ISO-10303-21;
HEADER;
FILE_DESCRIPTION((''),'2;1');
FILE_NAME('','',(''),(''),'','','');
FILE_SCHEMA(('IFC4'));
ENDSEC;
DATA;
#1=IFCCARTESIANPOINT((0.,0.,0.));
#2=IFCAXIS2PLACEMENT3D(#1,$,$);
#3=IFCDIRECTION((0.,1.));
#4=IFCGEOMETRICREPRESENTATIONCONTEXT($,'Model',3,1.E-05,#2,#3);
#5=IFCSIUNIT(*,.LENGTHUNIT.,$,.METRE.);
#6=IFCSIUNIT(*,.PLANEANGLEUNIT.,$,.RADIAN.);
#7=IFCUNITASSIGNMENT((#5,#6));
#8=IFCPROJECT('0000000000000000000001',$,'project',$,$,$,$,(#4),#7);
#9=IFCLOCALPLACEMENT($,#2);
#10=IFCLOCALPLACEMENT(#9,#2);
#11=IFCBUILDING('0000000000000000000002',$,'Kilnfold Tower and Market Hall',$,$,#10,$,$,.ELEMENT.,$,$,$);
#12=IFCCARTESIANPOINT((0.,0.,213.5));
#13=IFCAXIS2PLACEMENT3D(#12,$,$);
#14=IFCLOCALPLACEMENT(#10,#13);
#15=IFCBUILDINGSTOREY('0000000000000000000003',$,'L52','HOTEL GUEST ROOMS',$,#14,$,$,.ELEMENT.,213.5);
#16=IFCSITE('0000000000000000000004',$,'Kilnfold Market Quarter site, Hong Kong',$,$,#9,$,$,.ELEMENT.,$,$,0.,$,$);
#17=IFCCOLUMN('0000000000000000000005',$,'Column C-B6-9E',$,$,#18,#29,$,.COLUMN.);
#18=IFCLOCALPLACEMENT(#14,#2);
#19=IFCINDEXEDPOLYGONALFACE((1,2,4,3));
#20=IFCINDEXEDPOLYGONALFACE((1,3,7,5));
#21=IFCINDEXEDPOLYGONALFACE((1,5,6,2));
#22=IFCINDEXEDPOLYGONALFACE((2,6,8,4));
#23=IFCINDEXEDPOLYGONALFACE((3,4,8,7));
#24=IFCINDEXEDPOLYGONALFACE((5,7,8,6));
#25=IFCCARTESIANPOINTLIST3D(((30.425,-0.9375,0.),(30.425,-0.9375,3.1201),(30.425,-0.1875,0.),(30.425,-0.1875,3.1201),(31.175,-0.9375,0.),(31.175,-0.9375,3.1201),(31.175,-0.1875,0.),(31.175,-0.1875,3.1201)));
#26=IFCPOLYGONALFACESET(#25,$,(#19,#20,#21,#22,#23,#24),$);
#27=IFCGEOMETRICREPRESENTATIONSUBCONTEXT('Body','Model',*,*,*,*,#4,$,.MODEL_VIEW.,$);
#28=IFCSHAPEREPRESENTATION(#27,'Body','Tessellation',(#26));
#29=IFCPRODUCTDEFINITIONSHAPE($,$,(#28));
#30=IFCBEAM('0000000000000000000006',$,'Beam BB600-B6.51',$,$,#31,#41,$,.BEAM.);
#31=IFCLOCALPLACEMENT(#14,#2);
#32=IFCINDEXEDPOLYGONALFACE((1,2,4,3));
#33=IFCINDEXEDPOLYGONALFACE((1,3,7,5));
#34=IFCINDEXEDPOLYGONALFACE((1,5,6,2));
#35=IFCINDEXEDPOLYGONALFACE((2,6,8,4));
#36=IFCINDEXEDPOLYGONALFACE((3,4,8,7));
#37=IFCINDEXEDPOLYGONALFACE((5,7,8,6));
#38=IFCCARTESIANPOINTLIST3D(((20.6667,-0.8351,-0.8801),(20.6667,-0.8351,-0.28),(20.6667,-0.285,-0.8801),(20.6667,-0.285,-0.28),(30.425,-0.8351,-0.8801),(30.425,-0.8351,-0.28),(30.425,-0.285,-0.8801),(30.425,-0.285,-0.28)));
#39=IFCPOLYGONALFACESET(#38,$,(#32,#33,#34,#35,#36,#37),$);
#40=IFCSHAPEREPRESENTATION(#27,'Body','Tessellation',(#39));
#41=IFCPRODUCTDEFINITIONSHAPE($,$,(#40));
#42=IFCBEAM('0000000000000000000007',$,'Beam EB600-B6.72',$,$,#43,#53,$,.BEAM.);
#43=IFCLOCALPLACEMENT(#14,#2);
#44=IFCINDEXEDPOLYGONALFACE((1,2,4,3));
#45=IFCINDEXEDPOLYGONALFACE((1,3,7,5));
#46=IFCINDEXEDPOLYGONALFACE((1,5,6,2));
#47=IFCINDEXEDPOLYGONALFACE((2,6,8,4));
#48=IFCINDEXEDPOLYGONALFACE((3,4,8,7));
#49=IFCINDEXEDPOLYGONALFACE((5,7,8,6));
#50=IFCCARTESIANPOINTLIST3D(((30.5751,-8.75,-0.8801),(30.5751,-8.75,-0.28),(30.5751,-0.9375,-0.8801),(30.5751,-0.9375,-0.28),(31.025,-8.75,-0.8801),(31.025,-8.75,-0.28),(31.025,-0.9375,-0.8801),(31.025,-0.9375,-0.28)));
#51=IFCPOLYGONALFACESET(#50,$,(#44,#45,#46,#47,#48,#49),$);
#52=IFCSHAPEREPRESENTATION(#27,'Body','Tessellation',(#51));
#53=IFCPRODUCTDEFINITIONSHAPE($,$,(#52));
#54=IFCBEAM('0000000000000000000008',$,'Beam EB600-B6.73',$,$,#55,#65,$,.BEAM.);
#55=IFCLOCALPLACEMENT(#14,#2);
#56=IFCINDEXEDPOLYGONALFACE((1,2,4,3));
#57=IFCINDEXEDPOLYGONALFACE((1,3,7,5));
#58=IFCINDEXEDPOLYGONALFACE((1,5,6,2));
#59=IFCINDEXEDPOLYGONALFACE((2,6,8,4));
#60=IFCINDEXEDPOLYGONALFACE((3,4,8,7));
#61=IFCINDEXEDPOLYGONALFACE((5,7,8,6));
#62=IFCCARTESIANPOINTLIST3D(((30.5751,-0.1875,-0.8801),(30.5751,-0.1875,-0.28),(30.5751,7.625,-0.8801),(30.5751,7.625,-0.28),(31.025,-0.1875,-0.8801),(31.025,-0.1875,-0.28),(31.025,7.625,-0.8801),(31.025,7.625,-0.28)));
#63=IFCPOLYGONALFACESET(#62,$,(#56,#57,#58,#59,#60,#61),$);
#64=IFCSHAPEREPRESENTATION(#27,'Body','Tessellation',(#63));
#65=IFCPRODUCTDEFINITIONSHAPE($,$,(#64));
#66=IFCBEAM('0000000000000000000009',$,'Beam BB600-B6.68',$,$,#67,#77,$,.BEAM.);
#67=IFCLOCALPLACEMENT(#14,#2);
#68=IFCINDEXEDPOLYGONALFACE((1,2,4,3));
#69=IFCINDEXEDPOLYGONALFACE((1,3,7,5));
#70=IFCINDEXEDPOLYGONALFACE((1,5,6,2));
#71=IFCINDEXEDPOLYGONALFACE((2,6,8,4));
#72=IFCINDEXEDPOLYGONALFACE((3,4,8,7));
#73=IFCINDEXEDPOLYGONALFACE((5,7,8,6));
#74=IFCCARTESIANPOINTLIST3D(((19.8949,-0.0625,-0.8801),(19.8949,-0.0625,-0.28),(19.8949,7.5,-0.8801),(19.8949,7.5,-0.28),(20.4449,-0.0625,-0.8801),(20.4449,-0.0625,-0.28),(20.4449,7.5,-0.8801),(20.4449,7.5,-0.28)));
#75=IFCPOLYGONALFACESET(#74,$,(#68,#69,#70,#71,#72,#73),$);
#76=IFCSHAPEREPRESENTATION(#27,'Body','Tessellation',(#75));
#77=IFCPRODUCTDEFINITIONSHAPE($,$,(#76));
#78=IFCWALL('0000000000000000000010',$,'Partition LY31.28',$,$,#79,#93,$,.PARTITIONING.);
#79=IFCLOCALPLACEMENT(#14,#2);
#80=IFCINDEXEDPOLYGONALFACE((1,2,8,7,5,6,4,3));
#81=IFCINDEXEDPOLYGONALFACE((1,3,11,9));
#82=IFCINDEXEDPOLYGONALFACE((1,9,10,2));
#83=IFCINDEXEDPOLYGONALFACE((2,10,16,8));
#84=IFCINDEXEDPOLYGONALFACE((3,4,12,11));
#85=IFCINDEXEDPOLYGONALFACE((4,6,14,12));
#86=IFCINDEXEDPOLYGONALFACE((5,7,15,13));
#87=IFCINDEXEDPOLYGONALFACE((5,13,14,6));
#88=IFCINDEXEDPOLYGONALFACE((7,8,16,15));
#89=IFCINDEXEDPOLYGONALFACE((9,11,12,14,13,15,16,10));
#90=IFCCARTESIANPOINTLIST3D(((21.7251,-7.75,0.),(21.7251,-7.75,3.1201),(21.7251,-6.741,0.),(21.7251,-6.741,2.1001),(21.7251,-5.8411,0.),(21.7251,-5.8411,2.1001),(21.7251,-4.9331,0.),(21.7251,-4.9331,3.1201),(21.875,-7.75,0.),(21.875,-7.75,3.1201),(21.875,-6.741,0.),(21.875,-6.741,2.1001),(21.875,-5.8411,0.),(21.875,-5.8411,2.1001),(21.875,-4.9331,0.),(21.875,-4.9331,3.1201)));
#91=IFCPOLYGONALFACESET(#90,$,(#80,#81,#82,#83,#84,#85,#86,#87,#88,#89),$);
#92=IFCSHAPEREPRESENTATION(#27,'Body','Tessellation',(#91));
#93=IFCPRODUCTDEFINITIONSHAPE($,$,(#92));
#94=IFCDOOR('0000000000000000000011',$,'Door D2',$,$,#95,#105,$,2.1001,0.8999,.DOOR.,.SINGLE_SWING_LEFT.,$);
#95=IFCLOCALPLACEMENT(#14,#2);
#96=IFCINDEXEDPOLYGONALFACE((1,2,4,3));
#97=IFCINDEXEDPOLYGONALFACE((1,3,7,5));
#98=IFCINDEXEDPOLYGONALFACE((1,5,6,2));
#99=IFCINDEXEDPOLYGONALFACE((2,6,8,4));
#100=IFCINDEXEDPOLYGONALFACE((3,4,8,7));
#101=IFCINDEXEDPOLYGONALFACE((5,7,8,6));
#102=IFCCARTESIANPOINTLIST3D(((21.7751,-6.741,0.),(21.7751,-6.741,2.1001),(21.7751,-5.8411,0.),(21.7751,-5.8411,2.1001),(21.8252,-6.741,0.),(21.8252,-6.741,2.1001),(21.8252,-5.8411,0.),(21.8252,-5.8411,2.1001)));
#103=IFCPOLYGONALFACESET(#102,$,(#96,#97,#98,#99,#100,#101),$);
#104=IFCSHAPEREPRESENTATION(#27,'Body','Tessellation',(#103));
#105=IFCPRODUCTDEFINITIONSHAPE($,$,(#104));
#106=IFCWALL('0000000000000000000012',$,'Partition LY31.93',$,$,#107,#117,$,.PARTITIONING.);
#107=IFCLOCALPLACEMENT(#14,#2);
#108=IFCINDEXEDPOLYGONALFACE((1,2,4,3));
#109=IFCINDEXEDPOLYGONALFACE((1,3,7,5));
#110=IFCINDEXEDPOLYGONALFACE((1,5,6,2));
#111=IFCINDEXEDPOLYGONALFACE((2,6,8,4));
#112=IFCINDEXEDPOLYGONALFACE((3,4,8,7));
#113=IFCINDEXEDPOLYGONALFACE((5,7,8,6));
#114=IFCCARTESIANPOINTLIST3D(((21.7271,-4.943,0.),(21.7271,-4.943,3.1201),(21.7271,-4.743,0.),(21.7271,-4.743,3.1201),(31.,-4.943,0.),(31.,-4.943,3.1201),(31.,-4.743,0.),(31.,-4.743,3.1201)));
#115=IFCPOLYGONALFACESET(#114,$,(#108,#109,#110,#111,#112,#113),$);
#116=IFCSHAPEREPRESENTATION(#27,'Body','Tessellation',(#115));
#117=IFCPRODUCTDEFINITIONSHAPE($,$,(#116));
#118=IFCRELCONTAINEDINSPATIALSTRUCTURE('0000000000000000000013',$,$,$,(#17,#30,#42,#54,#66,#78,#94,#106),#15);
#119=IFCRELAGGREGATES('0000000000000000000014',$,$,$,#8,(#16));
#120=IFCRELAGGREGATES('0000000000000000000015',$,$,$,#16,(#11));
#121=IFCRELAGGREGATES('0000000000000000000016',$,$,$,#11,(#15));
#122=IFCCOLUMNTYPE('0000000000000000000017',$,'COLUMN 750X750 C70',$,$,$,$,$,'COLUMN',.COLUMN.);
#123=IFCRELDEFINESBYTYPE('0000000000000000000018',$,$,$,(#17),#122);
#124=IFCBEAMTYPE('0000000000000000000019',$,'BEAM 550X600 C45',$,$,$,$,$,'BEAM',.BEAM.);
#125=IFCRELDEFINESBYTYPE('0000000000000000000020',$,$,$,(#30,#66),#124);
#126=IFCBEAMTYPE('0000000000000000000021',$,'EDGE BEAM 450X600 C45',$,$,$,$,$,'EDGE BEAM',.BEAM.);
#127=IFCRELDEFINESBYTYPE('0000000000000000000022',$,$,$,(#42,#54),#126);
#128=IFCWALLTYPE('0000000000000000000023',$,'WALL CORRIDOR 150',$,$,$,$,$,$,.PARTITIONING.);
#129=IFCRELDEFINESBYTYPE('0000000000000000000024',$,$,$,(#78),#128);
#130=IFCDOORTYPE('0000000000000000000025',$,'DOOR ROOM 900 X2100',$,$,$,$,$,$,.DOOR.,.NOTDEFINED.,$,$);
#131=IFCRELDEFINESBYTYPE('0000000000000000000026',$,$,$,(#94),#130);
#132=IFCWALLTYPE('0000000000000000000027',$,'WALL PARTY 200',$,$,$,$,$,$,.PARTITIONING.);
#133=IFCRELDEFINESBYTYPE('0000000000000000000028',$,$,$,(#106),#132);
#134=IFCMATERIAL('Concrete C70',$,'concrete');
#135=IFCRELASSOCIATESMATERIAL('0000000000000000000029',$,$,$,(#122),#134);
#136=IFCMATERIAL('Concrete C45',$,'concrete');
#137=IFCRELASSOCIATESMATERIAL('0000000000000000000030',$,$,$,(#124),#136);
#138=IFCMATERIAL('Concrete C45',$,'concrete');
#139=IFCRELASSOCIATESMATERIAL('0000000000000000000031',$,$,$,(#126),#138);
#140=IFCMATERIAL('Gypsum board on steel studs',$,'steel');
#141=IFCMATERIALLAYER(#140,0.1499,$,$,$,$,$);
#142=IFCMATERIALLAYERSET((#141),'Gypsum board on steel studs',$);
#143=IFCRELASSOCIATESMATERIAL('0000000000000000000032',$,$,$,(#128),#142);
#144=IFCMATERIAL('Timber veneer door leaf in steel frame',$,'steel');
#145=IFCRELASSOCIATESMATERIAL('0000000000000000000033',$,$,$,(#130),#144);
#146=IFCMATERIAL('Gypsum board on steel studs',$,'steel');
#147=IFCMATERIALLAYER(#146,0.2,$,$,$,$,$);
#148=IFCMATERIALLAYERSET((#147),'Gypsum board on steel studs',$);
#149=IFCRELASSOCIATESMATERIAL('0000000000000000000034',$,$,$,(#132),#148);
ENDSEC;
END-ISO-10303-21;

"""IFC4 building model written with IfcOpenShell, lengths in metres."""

from ifc_helpers import new_model, si_unit, direction, frame, frame_2d, origin, origin_2d, place, context, subcontext, project, spatial, rectangle, extrude, source, transform, mapped, material, layer, layer_set, material_profile, profile_set, type_object, element, fill, save


model = new_model("IFC4")

# Units and contexts
model_context = context("Model", 3, precision=1e-05, world=origin(), true_north=direction((0.0, 1.0)))
body_context = subcontext(model_context, "Body", "Model", "MODEL_VIEW")
ifc_project = project(units=[si_unit("LENGTHUNIT", "METRE"), si_unit("PLANEANGLEUNIT", "RADIAN")], contexts=[model_context])

# Site, building, storey
site_placement = place(None, origin())
site = spatial("IfcSite", under=ifc_project, at=site_placement, Name="Kilnfold Market Quarter site, Hong Kong", CompositionType="ELEMENT", RefElevation=0.0)
building_placement = place(site_placement, origin())
building = spatial("IfcBuilding", under=site, at=building_placement, Name="Kilnfold Tower and Market Hall", CompositionType="ELEMENT")
storey_placement = place(building_placement, frame((0.0, 0.0, 213.5)))
storey = spatial("IfcBuildingStorey", under=building, at=storey_placement, Name="L52", Description="HOTEL GUEST ROOMS", CompositionType="ELEMENT", Elevation=213.5)

# Column
ifc_material_1 = material(Name="Concrete C70", Category="concrete")
ifc_material_profile_1 = material_profile(ifc_material_1, rectangle(XDim=0.75, YDim=0.75, at=origin_2d()), Name="RC 750x750")
ifc_profile_set_1 = profile_set([ifc_material_profile_1], Name="Concrete C70")
column_type = type_object("IfcColumnType", Name="COLUMN 750X750 C70", ElementType="COLUMN", PredefinedType="COLUMN", material=ifc_profile_set_1)
shared_shape_1 = source(origin(), body_context, "Body", "SweptSolid", [
    extrude(rectangle(XDim=0.75, YDim=0.75, at=origin_2d()), origin(), (0.0, 0.0, 1.0), 3.1201),
])
column_placement = place(storey_placement, frame((30.8, -0.5625, 0.0), z_axis=(0.0, 0.0, 1.0), x_axis=(1.0, 0.0, 0.0)))
element("IfcColumn", 1, at=column_placement, inside=storey, type_object=column_type, Name="Column C-B6-9E", PredefinedType="COLUMN", context=body_context, shape_type="MappedRepresentation", body=[
    mapped(shared_shape_1, transform((0.0, 0.0, 0.0))),
])

# Beams
ifc_material_2 = material(Name="Concrete C45", Category="concrete")
ifc_material_profile_2 = material_profile(ifc_material_2, rectangle(XDim=0.55, YDim=0.6001, at=origin_2d()), Name="RC 550x600")
ifc_profile_set_2 = profile_set([ifc_material_profile_2], Name="Concrete C45")
beam_type_1 = type_object("IfcBeamType", Name="BEAM 550X600 C45", ElementType="BEAM", PredefinedType="BEAM", material=ifc_profile_set_2)
shared_shape_2 = source(origin(), body_context, "Body", "SweptSolid", [
    extrude(rectangle(XDim=0.55, YDim=0.6001, at=origin_2d()), origin(), (0.0, 0.0, 1.0), 9.7583),
])
beam_1_placement = place(storey_placement, frame((20.6667, -0.5601, -0.5801), z_axis=(1.0, 0.0, 0.0), x_axis=(0.0, 1.0, 0.0)))
element("IfcBeam", 2, at=beam_1_placement, inside=storey, type_object=beam_type_1, Name="Beam BB600-B6.51", PredefinedType="BEAM", context=body_context, shape_type="MappedRepresentation", body=[
    mapped(shared_shape_2, transform((0.0, 0.0, 0.0))),
])
ifc_material_3 = material(Name="Concrete C45", Category="concrete")
ifc_material_profile_3 = material_profile(ifc_material_3, rectangle(XDim=0.45, YDim=0.6001, at=origin_2d()), Name="RC 450x600")
ifc_profile_set_3 = profile_set([ifc_material_profile_3], Name="Concrete C45")
beam_type_2 = type_object("IfcBeamType", Name="EDGE BEAM 450X600 C45", ElementType="EDGE BEAM", PredefinedType="BEAM", material=ifc_profile_set_3)
shared_shape_3 = source(origin(), body_context, "Body", "SweptSolid", [
    extrude(rectangle(XDim=0.45, YDim=0.6001, at=origin_2d()), origin(), (0.0, 0.0, 1.0), 7.8125),
])
for number, where, z_axis, x_axis, name in (
    (3, (30.8, -8.75, -0.5801), (0.0, 1.0, 0.0), (-1.0, 0.0, 0.0), "Beam EB600-B6.72"),
    (4, (30.8, -0.1875, -0.5801), (0.0, 1.0, 0.0), (-1.0, 0.0, 0.0), "Beam EB600-B6.73"),
):
    element("IfcBeam", number, at=place(storey_placement, frame(where, z_axis=z_axis, x_axis=x_axis)), inside=storey, type_object=beam_type_2, Name=name, PredefinedType="BEAM", context=body_context, shape_type="MappedRepresentation", body=[
        mapped(shared_shape_3, transform((0.0, 0.0, 0.0))),
    ])
shared_shape_4 = source(origin(), body_context, "Body", "SweptSolid", [
    extrude(rectangle(XDim=0.55, YDim=0.6001, at=origin_2d()), origin(), (0.0, 0.0, 1.0), 7.5625),
])
beam_2_placement = place(storey_placement, frame((20.1699, -0.0625, -0.5801), z_axis=(0.0, 1.0, 0.0), x_axis=(-1.0, 0.0, 0.0)))
element("IfcBeam", 5, at=beam_2_placement, inside=storey, type_object=beam_type_1, Name="Beam BB600-B6.68", PredefinedType="BEAM", context=body_context, shape_type="MappedRepresentation", body=[
    mapped(shared_shape_4, transform((0.0, 0.0, 0.0))),
])

# Wall, opening, door
ifc_material_4 = material(Name="Gypsum board on steel studs", Category="steel")
ifc_layer_1 = layer(ifc_material_4, 0.1499)
ifc_layer_set_1 = layer_set([ifc_layer_1], Name="Gypsum board on steel studs")
wall_type_1 = type_object("IfcWallType", Name="WALL CORRIDOR 150", PredefinedType="PARTITIONING", material=ifc_layer_set_1)
wall_1_placement = place(storey_placement, frame((21.8, -7.75, 0.0), z_axis=(0.0, 0.0, 1.0), x_axis=(0.0, 1.0, 0.0)))
wall_1 = element("IfcWall", 6, at=wall_1_placement, inside=storey, type_object=wall_type_1, Name="Partition LY31.28", PredefinedType="PARTITIONING", context=body_context, shape_type="SweptSolid", body=[
    extrude(rectangle(XDim=2.8169, YDim=0.1499, at=frame_2d((1.4084, 0.0))), origin(), (0.0, 0.0, 1.0), 3.1201),
])
opening_1_placement = place(wall_1_placement, frame((1.009, 0.0, 0.0)))
opening_1 = element("IfcOpeningElement", 7, at=opening_1_placement, cuts=wall_1, PredefinedType="OPENING", context=body_context, shape_type="SweptSolid", body=[
    extrude(rectangle(XDim=0.8999, YDim=2.1001, at=frame_2d((0.45, 1.05))), frame((0.0, 0.085, 0.0), z_axis=(0.0, -1.0, 0.0), x_axis=(1.0, 0.0, 0.0)), (0.0, 0.0, 1.0), 0.1699),
])
ifc_material_5 = material(Name="Timber veneer door leaf in steel frame", Category="steel")
door_type_1 = type_object("IfcDoorType", Name="DOOR ROOM 900 X2100", OperationType="NOTDEFINED", PredefinedType="DOOR", material=ifc_material_5)
door_1_placement = place(opening_1_placement, origin())
door_1 = element("IfcDoor", 8, at=door_1_placement, inside=storey, type_object=door_type_1, Name="Door D2", OperationType="SINGLE_SWING_LEFT", OverallHeight=2.1001, OverallWidth=0.8999, PredefinedType="DOOR", context=body_context, shape_type="SweptSolid", body=[
    extrude(rectangle(XDim=0.8999, YDim=2.1001, at=frame_2d((0.45, 1.05))), frame((0.0, 0.0249, 0.0), z_axis=(0.0, -1.0, 0.0), x_axis=(1.0, 0.0, 0.0)), (0.0, 0.0, 1.0), 0.05),
])
fill(opening_1, door_1)

# Wall
ifc_material_6 = material(Name="Gypsum board on steel studs", Category="steel")
ifc_layer_2 = layer(ifc_material_6, 0.2)
ifc_layer_set_2 = layer_set([ifc_layer_2], Name="Gypsum board on steel studs")
wall_type_2 = type_object("IfcWallType", Name="WALL PARTY 200", PredefinedType="PARTITIONING", material=ifc_layer_set_2)
wall_2_placement = place(storey_placement, frame((21.7271, -4.843, 0.0), z_axis=(0.0, 0.0, 1.0), x_axis=(1.0, 0.0, 0.0)))
element("IfcWall", 9, at=wall_2_placement, inside=storey, type_object=wall_type_2, Name="Partition LY31.93", PredefinedType="PARTITIONING", context=body_context, shape_type="SweptSolid", body=[
    extrude(rectangle(XDim=9.2729, YDim=0.2, at=frame_2d((4.6365, 0.0))), origin(), (0.0, 0.0, 1.0), 3.1201),
])

save(model, "model.ifc")
